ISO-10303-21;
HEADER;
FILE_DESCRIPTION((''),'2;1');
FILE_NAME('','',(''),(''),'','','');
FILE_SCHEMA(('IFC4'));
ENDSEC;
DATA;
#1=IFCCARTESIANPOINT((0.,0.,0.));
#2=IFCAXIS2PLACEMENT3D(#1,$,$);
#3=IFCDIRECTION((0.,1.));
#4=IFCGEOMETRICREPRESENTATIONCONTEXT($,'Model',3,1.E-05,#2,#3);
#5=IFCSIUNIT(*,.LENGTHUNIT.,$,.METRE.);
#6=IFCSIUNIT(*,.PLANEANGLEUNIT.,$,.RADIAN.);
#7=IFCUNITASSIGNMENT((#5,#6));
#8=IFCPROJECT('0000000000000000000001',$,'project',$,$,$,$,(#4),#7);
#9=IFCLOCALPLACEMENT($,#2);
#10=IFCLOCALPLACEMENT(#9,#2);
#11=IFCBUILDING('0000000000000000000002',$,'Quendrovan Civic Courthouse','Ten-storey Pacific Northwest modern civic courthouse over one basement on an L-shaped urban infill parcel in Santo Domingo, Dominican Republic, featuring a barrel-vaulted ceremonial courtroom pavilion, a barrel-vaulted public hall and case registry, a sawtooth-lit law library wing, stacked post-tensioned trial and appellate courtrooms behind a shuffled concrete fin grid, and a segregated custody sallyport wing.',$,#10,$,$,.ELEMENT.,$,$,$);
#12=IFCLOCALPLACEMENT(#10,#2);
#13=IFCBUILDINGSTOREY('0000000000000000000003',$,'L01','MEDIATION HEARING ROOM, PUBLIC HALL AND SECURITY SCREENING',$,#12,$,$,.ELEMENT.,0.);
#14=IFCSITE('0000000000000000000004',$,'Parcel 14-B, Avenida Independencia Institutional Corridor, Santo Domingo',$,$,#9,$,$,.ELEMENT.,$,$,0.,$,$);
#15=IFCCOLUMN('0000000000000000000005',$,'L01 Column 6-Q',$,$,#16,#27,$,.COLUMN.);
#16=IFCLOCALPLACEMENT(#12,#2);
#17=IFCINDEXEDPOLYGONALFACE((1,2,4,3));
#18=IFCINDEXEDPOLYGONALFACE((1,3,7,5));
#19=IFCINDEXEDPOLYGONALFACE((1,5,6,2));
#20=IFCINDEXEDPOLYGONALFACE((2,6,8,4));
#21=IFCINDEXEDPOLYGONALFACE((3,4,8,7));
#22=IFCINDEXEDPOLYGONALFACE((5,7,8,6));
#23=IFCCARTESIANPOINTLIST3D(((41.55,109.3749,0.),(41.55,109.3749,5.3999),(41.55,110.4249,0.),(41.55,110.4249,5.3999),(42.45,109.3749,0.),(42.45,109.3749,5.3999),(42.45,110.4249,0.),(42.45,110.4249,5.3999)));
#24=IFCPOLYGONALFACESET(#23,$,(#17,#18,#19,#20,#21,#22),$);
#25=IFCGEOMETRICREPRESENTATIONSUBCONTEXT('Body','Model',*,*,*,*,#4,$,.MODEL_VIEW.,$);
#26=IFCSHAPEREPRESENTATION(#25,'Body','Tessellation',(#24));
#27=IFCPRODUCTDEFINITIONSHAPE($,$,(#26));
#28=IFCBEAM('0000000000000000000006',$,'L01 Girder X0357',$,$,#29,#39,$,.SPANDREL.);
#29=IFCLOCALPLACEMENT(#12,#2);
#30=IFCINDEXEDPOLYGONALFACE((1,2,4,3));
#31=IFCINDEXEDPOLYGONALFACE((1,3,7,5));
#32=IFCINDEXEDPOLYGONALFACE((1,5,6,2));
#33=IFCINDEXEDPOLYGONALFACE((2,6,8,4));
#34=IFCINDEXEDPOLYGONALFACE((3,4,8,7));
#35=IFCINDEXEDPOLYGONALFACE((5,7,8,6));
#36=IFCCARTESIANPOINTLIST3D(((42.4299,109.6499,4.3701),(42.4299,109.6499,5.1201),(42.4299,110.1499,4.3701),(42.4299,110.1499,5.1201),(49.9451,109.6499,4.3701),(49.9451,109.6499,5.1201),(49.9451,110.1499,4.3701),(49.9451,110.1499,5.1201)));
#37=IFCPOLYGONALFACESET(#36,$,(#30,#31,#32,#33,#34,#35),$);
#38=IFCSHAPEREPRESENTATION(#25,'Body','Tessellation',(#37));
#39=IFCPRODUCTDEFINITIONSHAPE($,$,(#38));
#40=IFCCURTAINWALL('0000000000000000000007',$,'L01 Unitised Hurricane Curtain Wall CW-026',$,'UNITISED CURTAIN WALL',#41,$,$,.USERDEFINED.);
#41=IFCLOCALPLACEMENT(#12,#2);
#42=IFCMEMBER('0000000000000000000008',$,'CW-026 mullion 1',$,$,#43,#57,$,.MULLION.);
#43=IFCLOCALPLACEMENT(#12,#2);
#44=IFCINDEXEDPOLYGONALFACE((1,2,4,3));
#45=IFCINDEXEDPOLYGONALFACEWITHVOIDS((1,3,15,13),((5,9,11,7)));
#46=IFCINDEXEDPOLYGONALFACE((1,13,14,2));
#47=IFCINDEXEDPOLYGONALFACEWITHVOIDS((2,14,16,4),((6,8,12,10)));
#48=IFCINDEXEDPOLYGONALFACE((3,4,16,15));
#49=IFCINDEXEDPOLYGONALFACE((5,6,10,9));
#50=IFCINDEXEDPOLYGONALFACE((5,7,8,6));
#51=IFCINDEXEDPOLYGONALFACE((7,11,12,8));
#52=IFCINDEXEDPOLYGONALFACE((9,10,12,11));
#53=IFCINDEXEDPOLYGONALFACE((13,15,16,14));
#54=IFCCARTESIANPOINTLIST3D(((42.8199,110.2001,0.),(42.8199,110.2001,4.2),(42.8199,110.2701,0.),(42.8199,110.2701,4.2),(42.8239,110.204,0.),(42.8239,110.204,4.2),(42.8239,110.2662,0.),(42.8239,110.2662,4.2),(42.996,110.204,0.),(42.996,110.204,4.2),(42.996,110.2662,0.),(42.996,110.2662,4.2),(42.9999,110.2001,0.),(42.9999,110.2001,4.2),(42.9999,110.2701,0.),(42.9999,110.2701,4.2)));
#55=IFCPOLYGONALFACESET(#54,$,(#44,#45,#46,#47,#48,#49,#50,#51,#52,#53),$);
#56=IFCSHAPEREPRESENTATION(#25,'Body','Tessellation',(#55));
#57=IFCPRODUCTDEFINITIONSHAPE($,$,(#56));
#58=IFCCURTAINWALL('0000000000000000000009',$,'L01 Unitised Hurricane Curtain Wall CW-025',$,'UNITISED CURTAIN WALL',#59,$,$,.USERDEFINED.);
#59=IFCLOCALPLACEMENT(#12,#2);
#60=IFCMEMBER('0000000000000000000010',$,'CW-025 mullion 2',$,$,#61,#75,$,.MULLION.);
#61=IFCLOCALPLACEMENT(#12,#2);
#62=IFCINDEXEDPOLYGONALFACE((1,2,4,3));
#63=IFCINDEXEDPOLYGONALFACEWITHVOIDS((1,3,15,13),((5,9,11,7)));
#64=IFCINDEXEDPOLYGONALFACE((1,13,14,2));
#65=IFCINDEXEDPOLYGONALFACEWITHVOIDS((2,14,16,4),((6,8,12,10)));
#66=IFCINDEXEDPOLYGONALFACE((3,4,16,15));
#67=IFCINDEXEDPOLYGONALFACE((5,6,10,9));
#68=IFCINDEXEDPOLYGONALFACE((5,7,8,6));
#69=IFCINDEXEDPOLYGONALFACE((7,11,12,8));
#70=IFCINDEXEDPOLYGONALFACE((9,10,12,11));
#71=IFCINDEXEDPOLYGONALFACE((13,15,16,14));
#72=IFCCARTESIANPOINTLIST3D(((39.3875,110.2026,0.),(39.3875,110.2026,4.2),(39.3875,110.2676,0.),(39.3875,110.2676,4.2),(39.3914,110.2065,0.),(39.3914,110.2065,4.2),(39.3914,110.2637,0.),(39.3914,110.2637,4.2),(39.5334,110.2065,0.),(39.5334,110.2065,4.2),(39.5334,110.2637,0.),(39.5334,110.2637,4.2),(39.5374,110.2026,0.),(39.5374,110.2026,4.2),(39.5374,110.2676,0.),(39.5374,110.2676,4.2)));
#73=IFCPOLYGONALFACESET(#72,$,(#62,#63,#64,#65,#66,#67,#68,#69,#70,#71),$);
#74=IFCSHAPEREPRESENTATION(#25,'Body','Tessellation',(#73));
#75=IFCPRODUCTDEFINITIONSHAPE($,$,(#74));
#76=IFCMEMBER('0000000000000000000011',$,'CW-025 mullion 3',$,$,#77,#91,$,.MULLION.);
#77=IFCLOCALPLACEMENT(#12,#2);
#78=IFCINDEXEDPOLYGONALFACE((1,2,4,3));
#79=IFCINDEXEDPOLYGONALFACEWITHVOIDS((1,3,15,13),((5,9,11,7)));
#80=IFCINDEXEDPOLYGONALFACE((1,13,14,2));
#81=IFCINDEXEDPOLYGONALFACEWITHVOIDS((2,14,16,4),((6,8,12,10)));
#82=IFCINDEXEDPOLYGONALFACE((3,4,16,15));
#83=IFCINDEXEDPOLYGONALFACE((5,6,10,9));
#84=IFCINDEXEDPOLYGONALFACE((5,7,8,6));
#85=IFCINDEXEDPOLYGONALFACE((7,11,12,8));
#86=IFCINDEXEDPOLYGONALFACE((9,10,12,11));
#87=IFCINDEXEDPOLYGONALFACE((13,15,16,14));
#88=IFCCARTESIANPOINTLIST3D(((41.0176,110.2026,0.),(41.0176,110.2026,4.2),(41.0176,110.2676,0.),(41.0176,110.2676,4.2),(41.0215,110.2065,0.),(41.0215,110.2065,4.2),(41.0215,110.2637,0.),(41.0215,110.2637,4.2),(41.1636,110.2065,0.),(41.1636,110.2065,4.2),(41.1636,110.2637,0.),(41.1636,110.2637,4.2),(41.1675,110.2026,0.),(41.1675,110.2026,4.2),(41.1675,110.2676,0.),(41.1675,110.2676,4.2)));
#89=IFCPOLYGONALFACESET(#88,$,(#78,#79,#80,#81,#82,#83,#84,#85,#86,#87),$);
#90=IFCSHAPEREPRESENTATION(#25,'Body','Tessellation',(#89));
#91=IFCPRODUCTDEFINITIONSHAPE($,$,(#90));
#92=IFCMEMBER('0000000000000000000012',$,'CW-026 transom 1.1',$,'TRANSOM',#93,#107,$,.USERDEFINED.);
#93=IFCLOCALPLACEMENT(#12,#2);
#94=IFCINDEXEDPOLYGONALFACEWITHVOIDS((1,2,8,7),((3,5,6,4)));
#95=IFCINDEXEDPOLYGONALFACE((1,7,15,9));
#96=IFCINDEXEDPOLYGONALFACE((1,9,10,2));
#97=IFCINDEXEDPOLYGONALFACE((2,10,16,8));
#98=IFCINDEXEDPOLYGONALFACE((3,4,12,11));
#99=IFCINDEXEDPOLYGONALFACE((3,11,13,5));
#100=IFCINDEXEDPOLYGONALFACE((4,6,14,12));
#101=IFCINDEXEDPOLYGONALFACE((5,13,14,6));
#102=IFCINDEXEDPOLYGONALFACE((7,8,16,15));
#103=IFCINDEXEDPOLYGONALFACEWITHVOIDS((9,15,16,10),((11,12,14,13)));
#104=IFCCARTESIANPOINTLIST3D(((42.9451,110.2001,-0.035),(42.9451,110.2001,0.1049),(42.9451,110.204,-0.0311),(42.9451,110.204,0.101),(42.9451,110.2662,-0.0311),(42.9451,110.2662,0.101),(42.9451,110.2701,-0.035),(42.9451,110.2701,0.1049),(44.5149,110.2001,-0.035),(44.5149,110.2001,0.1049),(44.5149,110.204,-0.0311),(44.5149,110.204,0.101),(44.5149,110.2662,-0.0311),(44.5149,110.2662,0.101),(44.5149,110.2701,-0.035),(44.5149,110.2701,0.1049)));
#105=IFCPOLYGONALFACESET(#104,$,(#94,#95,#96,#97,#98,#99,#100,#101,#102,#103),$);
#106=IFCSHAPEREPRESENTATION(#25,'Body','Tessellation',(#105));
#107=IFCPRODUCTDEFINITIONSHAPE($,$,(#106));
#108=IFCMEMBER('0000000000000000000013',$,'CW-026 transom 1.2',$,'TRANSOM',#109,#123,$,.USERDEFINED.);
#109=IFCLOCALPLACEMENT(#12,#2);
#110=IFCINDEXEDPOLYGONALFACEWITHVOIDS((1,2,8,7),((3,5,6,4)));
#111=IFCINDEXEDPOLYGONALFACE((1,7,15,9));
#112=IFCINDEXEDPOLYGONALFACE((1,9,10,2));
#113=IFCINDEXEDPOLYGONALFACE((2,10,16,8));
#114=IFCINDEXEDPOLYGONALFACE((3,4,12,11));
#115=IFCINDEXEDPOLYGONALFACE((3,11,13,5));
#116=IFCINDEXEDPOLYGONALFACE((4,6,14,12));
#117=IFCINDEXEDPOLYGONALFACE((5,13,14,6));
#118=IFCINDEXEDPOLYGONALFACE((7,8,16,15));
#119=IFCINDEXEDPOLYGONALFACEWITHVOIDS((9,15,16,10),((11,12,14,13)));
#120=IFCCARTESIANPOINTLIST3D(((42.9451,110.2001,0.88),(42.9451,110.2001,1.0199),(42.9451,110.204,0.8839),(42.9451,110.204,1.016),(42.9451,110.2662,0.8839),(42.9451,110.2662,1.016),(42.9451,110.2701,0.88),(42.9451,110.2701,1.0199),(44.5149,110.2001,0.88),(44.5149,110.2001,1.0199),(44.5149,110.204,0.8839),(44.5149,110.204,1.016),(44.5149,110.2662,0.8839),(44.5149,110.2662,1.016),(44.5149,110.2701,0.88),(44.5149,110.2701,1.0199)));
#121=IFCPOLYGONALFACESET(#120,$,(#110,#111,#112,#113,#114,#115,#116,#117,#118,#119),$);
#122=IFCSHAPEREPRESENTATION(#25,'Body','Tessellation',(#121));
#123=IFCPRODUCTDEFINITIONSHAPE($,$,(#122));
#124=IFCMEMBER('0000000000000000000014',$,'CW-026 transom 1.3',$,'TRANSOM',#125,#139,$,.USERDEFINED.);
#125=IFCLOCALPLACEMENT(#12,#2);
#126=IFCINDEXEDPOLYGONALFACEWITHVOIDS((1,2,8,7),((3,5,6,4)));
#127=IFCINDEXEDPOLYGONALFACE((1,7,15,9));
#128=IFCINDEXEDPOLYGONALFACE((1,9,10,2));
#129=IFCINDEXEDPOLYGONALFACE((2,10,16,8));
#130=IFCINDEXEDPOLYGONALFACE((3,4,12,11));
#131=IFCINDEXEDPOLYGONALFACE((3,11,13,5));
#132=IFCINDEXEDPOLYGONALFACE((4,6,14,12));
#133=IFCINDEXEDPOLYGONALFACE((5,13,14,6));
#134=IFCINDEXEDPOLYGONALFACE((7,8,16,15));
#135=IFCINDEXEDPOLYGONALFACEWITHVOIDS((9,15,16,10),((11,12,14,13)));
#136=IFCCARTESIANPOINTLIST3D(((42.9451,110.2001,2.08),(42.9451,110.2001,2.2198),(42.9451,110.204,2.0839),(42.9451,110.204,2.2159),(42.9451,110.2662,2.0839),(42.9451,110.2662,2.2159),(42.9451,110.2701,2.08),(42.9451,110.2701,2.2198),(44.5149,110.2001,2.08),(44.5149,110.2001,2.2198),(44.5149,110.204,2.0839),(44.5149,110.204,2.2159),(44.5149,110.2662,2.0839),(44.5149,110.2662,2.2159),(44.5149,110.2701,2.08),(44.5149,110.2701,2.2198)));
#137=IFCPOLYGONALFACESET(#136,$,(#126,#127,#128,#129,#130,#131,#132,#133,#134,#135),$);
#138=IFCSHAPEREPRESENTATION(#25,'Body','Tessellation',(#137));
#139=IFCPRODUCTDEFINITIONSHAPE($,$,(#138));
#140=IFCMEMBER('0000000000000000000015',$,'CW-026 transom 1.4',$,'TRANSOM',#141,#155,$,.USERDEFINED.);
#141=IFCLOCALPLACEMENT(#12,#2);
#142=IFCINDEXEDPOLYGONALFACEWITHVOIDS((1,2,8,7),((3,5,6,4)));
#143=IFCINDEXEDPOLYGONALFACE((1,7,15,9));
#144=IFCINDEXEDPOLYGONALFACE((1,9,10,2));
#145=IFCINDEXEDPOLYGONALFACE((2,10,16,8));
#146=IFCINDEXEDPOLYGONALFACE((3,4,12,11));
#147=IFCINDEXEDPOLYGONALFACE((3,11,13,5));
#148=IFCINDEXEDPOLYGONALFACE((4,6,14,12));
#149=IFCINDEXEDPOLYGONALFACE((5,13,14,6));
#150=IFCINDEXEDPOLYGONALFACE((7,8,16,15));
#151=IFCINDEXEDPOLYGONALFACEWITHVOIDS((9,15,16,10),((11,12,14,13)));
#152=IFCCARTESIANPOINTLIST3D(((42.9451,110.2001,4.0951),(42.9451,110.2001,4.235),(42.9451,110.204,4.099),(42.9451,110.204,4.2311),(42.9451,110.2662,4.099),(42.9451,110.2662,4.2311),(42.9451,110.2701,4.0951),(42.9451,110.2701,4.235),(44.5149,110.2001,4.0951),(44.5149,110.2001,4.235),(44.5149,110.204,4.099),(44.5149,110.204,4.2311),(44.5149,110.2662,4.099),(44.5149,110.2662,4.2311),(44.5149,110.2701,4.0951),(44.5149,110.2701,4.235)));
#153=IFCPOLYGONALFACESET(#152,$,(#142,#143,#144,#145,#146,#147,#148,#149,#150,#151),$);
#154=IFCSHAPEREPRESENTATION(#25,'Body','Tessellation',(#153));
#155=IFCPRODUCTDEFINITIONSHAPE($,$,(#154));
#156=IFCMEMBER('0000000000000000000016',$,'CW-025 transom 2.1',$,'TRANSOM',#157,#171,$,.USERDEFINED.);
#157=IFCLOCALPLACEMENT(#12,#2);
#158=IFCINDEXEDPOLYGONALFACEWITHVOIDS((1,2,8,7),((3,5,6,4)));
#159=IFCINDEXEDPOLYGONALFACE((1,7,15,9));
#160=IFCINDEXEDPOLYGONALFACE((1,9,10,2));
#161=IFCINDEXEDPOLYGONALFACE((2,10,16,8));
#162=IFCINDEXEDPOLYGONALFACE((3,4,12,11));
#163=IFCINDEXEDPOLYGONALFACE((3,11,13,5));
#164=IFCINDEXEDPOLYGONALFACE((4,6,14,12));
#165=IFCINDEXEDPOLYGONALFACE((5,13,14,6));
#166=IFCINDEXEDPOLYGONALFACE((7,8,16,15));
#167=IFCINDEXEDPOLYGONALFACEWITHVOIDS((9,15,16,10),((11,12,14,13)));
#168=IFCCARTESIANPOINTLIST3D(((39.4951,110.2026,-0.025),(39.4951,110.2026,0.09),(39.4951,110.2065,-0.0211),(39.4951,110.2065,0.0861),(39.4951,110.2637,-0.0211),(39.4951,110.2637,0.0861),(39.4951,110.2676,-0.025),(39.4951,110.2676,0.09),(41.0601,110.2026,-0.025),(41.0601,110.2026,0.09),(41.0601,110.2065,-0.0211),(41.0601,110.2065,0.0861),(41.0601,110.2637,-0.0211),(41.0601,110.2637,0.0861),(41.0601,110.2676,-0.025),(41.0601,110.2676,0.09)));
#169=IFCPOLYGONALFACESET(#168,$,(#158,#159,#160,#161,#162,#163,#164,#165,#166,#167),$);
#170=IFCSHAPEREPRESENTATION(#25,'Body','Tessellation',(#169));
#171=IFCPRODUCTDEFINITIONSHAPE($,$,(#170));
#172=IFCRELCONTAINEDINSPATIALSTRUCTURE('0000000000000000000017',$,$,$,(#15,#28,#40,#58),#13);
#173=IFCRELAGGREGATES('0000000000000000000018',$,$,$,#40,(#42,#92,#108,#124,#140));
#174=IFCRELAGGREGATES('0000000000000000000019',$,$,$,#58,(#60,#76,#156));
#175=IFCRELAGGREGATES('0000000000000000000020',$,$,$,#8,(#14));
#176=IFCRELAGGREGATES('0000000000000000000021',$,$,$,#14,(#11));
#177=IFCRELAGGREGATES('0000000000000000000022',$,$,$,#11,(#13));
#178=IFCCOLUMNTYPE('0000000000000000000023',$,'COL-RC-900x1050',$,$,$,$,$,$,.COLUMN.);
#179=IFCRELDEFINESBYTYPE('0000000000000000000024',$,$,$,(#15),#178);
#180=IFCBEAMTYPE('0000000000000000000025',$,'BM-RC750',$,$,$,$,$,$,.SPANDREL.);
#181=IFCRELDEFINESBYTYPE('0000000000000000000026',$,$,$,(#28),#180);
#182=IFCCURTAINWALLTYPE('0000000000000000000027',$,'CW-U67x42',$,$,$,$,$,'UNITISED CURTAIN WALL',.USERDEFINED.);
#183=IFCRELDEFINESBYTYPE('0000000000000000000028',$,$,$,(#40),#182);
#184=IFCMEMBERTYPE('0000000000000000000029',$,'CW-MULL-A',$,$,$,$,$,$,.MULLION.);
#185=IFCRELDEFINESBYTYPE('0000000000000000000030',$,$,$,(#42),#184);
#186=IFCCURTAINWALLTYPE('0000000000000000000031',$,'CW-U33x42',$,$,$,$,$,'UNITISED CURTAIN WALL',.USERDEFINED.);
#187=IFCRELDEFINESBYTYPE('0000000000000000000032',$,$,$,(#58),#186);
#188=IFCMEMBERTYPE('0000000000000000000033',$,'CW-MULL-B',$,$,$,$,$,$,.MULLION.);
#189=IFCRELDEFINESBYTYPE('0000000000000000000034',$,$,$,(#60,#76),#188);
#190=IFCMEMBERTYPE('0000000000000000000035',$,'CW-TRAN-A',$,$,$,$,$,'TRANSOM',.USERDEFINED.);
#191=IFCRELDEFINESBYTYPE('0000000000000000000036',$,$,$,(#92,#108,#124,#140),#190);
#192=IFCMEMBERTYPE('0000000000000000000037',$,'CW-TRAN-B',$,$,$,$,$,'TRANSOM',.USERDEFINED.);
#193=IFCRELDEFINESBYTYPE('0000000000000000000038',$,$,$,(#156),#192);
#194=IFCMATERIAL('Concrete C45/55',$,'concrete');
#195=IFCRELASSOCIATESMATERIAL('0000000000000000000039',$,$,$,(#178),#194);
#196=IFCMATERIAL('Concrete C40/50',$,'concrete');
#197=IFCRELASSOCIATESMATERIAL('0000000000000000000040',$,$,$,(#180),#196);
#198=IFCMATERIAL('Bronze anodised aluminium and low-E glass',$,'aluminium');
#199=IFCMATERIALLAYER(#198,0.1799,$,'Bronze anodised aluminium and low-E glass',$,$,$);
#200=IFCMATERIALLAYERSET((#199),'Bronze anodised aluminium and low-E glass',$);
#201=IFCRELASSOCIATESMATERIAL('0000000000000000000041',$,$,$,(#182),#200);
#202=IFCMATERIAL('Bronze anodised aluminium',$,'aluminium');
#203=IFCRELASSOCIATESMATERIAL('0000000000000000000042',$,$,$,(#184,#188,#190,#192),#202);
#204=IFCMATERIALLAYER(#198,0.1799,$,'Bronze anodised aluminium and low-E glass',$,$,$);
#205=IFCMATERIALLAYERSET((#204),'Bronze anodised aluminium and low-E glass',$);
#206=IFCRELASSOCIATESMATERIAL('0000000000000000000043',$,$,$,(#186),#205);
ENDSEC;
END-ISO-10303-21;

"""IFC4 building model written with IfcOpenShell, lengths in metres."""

from ifc_helpers import new_model, si_unit, direction, frame, origin, origin_2d, place, context, subcontext, project, spatial, rectangle, hollow_rectangle, extrude, material, layer, layer_set, material_profile, profile_set, type_object, element, aggregate, save


model = new_model("IFC4")

# Units and contexts
model_context = context("Model", 3, precision=1e-05, world=origin(), true_north=direction((0.0, 1.0)))
body_context = subcontext(model_context, "Body", "Model", "MODEL_VIEW")
ifc_project = project(units=[si_unit("LENGTHUNIT", "METRE"), si_unit("PLANEANGLEUNIT", "RADIAN")], contexts=[model_context])

# Site, building, storey
site_placement = place(None, origin())
site = spatial("IfcSite", under=ifc_project, at=site_placement, Name="Parcel 14-B, Avenida Independencia Institutional Corridor, Santo Domingo", CompositionType="ELEMENT", RefElevation=0.0)
building_placement = place(site_placement, origin())
building = spatial("IfcBuilding", under=site, at=building_placement, Name="Quendrovan Civic Courthouse", Description="Ten-storey Pacific Northwest modern civic courthouse over one basement on an L-shaped urban infill parcel in Santo Domingo, Dominican Republic, featuring a barrel-vaulted ceremonial courtroom pavilion, a barrel-vaulted public hall and case registry, a sawtooth-lit law library wing, stacked post-tensioned trial and appellate courtrooms behind a shuffled concrete fin grid, and a segregated custody sallyport wing.", CompositionType="ELEMENT")
storey_placement = place(building_placement, origin())
storey = spatial("IfcBuildingStorey", under=building, at=storey_placement, Name="L01", Description="MEDIATION HEARING ROOM, PUBLIC HALL AND SECURITY SCREENING", CompositionType="ELEMENT", Elevation=0.0)

# Column
ifc_material_1 = material(Name="Concrete C45/55", Category="concrete")
ifc_material_profile_1 = material_profile(ifc_material_1, rectangle(XDim=0.8999, YDim=1.05, at=origin_2d()), Name="RC-COL-900x1050")
ifc_profile_set_1 = profile_set([ifc_material_profile_1], Name="Concrete C45/55")
column_type = type_object("IfcColumnType", Name="COL-RC-900x1050", PredefinedType="COLUMN", material=ifc_profile_set_1)
column_placement = place(storey_placement, frame((42.0, 109.8999, 0.0), z_axis=(0.0, 0.0, 1.0), x_axis=(1.0, 0.0, 0.0)))
element("IfcColumn", 1, at=column_placement, inside=storey, type_object=column_type, Name="L01 Column 6-Q", PredefinedType="COLUMN", context=body_context, shape_type="SweptSolid", body=[
    extrude(rectangle(XDim=0.8999, YDim=1.05, at=origin_2d()), origin(), (0.0, 0.0, 1.0), 5.3999),
])

# Beam
ifc_material_2 = material(Name="Concrete C40/50", Category="concrete")
ifc_material_profile_2 = material_profile(ifc_material_2, rectangle(XDim=0.5, YDim=0.75, at=origin_2d()), Name="RC-BM-500x750")
ifc_profile_set_2 = profile_set([ifc_material_profile_2], Name="Concrete C40/50")
beam_type = type_object("IfcBeamType", Name="BM-RC750", PredefinedType="SPANDREL", material=ifc_profile_set_2)
beam_placement = place(storey_placement, frame((42.4299, 109.8999, 4.7451), z_axis=(1.0, 0.0, 0.0), x_axis=(0.0, 1.0, 0.0)))
element("IfcBeam", 2, at=beam_placement, inside=storey, type_object=beam_type, Name="L01 Girder X0357", PredefinedType="SPANDREL", context=body_context, shape_type="SweptSolid", body=[
    extrude(rectangle(XDim=0.5, YDim=0.75, at=origin_2d()), origin(), (0.0, 0.0, 1.0), 7.5151),
])

# Curtain wall, member
ifc_material_3 = material(Name="Bronze anodised aluminium and low-E glass", Category="aluminium")
ifc_layer_1 = layer(ifc_material_3, 0.1799, Name="Bronze anodised aluminium and low-E glass")
ifc_layer_set_1 = layer_set([ifc_layer_1], Name="Bronze anodised aluminium and low-E glass")
curtain_wall_type_1 = type_object("IfcCurtainWallType", Name="CW-U67x42", ElementType="UNITISED CURTAIN WALL", PredefinedType="USERDEFINED", material=ifc_layer_set_1)
curtain_wall_1_placement = place(storey_placement, origin())
curtain_wall_1 = element("IfcCurtainWall", 3, at=curtain_wall_1_placement, inside=storey, type_object=curtain_wall_type_1, Name="L01 Unitised Hurricane Curtain Wall CW-026", ObjectType="UNITISED CURTAIN WALL", PredefinedType="USERDEFINED")
ifc_material_4 = material(Name="Bronze anodised aluminium", Category="aluminium")
ifc_material_profile_3 = material_profile(ifc_material_4, hollow_rectangle(XDim=0.0701, YDim=0.1799, WallThickness=0.0039, at=origin_2d()), Name="CW-MULL-70x180")
ifc_profile_set_3 = profile_set([ifc_material_profile_3], Name="Bronze anodised aluminium")
member_type_1 = type_object("IfcMemberType", Name="CW-MULL-A", PredefinedType="MULLION", material=ifc_profile_set_3)
member_1_placement = place(storey_placement, frame((42.9099, 110.2351, 0.0), z_axis=(0.0, 0.0, 1.0), x_axis=(0.0, 1.0, 0.0)))
member_1 = element("IfcMember", 4, at=member_1_placement, type_object=member_type_1, Name="CW-026 mullion 1", PredefinedType="MULLION", context=body_context, shape_type="SweptSolid", body=[
    extrude(hollow_rectangle(XDim=0.0701, YDim=0.1799, WallThickness=0.0039, at=origin_2d()), origin(), (0.0, 0.0, 1.0), 4.2),
])

# Curtain wall, members
ifc_layer_2 = layer(ifc_material_3, 0.1799, Name="Bronze anodised aluminium and low-E glass")
ifc_layer_set_2 = layer_set([ifc_layer_2], Name="Bronze anodised aluminium and low-E glass")
curtain_wall_type_2 = type_object("IfcCurtainWallType", Name="CW-U33x42", ElementType="UNITISED CURTAIN WALL", PredefinedType="USERDEFINED", material=ifc_layer_set_2)
curtain_wall_2_placement = place(storey_placement, origin())
curtain_wall_2 = element("IfcCurtainWall", 5, at=curtain_wall_2_placement, inside=storey, type_object=curtain_wall_type_2, Name="L01 Unitised Hurricane Curtain Wall CW-025", ObjectType="UNITISED CURTAIN WALL", PredefinedType="USERDEFINED")
ifc_material_profile_4 = material_profile(ifc_material_4, hollow_rectangle(XDim=0.0649, YDim=0.1499, WallThickness=0.0039, at=origin_2d()), Name="CW-MULL-65x150")
ifc_profile_set_4 = profile_set([ifc_material_profile_4], Name="Bronze anodised aluminium")
member_type_2 = type_object("IfcMemberType", Name="CW-MULL-B", PredefinedType="MULLION", material=ifc_profile_set_4)
member_2_placement = place(storey_placement, frame((39.4624, 110.2351, 0.0), z_axis=(0.0, 0.0, 1.0), x_axis=(0.0, 1.0, 0.0)))
member_2 = element("IfcMember", 6, at=member_2_placement, type_object=member_type_2, Name="CW-025 mullion 2", PredefinedType="MULLION", context=body_context, shape_type="SweptSolid", body=[
    extrude(hollow_rectangle(XDim=0.0649, YDim=0.1499, WallThickness=0.0039, at=origin_2d()), origin(), (0.0, 0.0, 1.0), 4.2),
])
member_3_placement = place(storey_placement, frame((41.0925, 110.2351, 0.0), z_axis=(0.0, 0.0, 1.0), x_axis=(0.0, 1.0, 0.0)))
member_3 = element("IfcMember", 7, at=member_3_placement, type_object=member_type_2, Name="CW-025 mullion 3", PredefinedType="MULLION", context=body_context, shape_type="SweptSolid", body=[
    extrude(hollow_rectangle(XDim=0.0649, YDim=0.1499, WallThickness=0.0039, at=origin_2d()), origin(), (0.0, 0.0, 1.0), 4.2),
])

# Members
ifc_material_profile_5 = material_profile(ifc_material_4, hollow_rectangle(XDim=0.0701, YDim=0.1399, WallThickness=0.0039, at=origin_2d()), Name="CW-TRAN-70x140")
ifc_profile_set_5 = profile_set([ifc_material_profile_5], Name="Bronze anodised aluminium")
member_type_3 = type_object("IfcMemberType", Name="CW-TRAN-A", ElementType="TRANSOM", PredefinedType="USERDEFINED", material=ifc_profile_set_5)
member_4_placement = place(storey_placement, frame((42.9451, 110.2351, 0.0349), z_axis=(1.0, 0.0, 0.0), x_axis=(0.0, 1.0, 0.0)))
member_4 = element("IfcMember", 8, at=member_4_placement, type_object=member_type_3, Name="CW-026 transom 1.1", ObjectType="TRANSOM", PredefinedType="USERDEFINED", context=body_context, shape_type="SweptSolid", body=[
    extrude(hollow_rectangle(XDim=0.0701, YDim=0.1399, WallThickness=0.0039, at=origin_2d()), origin(), (0.0, 0.0, 1.0), 1.5698),
])
member_5_placement = place(storey_placement, frame((42.9451, 110.2351, 0.95), z_axis=(1.0, 0.0, 0.0), x_axis=(0.0, 1.0, 0.0)))
member_5 = element("IfcMember", 9, at=member_5_placement, type_object=member_type_3, Name="CW-026 transom 1.2", ObjectType="TRANSOM", PredefinedType="USERDEFINED", context=body_context, shape_type="SweptSolid", body=[
    extrude(hollow_rectangle(XDim=0.0701, YDim=0.1399, WallThickness=0.0039, at=origin_2d()), origin(), (0.0, 0.0, 1.0), 1.5698),
])
member_6_placement = place(storey_placement, frame((42.9451, 110.2351, 2.1499), z_axis=(1.0, 0.0, 0.0), x_axis=(0.0, 1.0, 0.0)))
member_6 = element("IfcMember", 10, at=member_6_placement, type_object=member_type_3, Name="CW-026 transom 1.3", ObjectType="TRANSOM", PredefinedType="USERDEFINED", context=body_context, shape_type="SweptSolid", body=[
    extrude(hollow_rectangle(XDim=0.0701, YDim=0.1399, WallThickness=0.0039, at=origin_2d()), origin(), (0.0, 0.0, 1.0), 1.5698),
])
member_7_placement = place(storey_placement, frame((42.9451, 110.2351, 4.165), z_axis=(1.0, 0.0, 0.0), x_axis=(0.0, 1.0, 0.0)))
member_7 = element("IfcMember", 11, at=member_7_placement, type_object=member_type_3, Name="CW-026 transom 1.4", ObjectType="TRANSOM", PredefinedType="USERDEFINED", context=body_context, shape_type="SweptSolid", body=[
    extrude(hollow_rectangle(XDim=0.0701, YDim=0.1399, WallThickness=0.0039, at=origin_2d()), origin(), (0.0, 0.0, 1.0), 1.5698),
])
aggregate(curtain_wall_1, [member_1, member_4, member_5, member_6, member_7])
ifc_material_profile_6 = material_profile(ifc_material_4, hollow_rectangle(XDim=0.0649, YDim=0.115, WallThickness=0.0039, at=origin_2d()), Name="CW-TRAN-65x115")
ifc_profile_set_6 = profile_set([ifc_material_profile_6], Name="Bronze anodised aluminium")
member_type_4 = type_object("IfcMemberType", Name="CW-TRAN-B", ElementType="TRANSOM", PredefinedType="USERDEFINED", material=ifc_profile_set_6)
member_8_placement = place(storey_placement, frame((39.4951, 110.2351, 0.0325), z_axis=(1.0, 0.0, 0.0), x_axis=(0.0, 1.0, 0.0)))
member_8 = element("IfcMember", 12, at=member_8_placement, type_object=member_type_4, Name="CW-025 transom 2.1", ObjectType="TRANSOM", PredefinedType="USERDEFINED", context=body_context, shape_type="SweptSolid", body=[
    extrude(hollow_rectangle(XDim=0.0649, YDim=0.115, WallThickness=0.0039, at=origin_2d()), origin(), (0.0, 0.0, 1.0), 1.5649),
])

aggregate(curtain_wall_2, [member_2, member_3, member_8])

save(model, "model.ifc")
